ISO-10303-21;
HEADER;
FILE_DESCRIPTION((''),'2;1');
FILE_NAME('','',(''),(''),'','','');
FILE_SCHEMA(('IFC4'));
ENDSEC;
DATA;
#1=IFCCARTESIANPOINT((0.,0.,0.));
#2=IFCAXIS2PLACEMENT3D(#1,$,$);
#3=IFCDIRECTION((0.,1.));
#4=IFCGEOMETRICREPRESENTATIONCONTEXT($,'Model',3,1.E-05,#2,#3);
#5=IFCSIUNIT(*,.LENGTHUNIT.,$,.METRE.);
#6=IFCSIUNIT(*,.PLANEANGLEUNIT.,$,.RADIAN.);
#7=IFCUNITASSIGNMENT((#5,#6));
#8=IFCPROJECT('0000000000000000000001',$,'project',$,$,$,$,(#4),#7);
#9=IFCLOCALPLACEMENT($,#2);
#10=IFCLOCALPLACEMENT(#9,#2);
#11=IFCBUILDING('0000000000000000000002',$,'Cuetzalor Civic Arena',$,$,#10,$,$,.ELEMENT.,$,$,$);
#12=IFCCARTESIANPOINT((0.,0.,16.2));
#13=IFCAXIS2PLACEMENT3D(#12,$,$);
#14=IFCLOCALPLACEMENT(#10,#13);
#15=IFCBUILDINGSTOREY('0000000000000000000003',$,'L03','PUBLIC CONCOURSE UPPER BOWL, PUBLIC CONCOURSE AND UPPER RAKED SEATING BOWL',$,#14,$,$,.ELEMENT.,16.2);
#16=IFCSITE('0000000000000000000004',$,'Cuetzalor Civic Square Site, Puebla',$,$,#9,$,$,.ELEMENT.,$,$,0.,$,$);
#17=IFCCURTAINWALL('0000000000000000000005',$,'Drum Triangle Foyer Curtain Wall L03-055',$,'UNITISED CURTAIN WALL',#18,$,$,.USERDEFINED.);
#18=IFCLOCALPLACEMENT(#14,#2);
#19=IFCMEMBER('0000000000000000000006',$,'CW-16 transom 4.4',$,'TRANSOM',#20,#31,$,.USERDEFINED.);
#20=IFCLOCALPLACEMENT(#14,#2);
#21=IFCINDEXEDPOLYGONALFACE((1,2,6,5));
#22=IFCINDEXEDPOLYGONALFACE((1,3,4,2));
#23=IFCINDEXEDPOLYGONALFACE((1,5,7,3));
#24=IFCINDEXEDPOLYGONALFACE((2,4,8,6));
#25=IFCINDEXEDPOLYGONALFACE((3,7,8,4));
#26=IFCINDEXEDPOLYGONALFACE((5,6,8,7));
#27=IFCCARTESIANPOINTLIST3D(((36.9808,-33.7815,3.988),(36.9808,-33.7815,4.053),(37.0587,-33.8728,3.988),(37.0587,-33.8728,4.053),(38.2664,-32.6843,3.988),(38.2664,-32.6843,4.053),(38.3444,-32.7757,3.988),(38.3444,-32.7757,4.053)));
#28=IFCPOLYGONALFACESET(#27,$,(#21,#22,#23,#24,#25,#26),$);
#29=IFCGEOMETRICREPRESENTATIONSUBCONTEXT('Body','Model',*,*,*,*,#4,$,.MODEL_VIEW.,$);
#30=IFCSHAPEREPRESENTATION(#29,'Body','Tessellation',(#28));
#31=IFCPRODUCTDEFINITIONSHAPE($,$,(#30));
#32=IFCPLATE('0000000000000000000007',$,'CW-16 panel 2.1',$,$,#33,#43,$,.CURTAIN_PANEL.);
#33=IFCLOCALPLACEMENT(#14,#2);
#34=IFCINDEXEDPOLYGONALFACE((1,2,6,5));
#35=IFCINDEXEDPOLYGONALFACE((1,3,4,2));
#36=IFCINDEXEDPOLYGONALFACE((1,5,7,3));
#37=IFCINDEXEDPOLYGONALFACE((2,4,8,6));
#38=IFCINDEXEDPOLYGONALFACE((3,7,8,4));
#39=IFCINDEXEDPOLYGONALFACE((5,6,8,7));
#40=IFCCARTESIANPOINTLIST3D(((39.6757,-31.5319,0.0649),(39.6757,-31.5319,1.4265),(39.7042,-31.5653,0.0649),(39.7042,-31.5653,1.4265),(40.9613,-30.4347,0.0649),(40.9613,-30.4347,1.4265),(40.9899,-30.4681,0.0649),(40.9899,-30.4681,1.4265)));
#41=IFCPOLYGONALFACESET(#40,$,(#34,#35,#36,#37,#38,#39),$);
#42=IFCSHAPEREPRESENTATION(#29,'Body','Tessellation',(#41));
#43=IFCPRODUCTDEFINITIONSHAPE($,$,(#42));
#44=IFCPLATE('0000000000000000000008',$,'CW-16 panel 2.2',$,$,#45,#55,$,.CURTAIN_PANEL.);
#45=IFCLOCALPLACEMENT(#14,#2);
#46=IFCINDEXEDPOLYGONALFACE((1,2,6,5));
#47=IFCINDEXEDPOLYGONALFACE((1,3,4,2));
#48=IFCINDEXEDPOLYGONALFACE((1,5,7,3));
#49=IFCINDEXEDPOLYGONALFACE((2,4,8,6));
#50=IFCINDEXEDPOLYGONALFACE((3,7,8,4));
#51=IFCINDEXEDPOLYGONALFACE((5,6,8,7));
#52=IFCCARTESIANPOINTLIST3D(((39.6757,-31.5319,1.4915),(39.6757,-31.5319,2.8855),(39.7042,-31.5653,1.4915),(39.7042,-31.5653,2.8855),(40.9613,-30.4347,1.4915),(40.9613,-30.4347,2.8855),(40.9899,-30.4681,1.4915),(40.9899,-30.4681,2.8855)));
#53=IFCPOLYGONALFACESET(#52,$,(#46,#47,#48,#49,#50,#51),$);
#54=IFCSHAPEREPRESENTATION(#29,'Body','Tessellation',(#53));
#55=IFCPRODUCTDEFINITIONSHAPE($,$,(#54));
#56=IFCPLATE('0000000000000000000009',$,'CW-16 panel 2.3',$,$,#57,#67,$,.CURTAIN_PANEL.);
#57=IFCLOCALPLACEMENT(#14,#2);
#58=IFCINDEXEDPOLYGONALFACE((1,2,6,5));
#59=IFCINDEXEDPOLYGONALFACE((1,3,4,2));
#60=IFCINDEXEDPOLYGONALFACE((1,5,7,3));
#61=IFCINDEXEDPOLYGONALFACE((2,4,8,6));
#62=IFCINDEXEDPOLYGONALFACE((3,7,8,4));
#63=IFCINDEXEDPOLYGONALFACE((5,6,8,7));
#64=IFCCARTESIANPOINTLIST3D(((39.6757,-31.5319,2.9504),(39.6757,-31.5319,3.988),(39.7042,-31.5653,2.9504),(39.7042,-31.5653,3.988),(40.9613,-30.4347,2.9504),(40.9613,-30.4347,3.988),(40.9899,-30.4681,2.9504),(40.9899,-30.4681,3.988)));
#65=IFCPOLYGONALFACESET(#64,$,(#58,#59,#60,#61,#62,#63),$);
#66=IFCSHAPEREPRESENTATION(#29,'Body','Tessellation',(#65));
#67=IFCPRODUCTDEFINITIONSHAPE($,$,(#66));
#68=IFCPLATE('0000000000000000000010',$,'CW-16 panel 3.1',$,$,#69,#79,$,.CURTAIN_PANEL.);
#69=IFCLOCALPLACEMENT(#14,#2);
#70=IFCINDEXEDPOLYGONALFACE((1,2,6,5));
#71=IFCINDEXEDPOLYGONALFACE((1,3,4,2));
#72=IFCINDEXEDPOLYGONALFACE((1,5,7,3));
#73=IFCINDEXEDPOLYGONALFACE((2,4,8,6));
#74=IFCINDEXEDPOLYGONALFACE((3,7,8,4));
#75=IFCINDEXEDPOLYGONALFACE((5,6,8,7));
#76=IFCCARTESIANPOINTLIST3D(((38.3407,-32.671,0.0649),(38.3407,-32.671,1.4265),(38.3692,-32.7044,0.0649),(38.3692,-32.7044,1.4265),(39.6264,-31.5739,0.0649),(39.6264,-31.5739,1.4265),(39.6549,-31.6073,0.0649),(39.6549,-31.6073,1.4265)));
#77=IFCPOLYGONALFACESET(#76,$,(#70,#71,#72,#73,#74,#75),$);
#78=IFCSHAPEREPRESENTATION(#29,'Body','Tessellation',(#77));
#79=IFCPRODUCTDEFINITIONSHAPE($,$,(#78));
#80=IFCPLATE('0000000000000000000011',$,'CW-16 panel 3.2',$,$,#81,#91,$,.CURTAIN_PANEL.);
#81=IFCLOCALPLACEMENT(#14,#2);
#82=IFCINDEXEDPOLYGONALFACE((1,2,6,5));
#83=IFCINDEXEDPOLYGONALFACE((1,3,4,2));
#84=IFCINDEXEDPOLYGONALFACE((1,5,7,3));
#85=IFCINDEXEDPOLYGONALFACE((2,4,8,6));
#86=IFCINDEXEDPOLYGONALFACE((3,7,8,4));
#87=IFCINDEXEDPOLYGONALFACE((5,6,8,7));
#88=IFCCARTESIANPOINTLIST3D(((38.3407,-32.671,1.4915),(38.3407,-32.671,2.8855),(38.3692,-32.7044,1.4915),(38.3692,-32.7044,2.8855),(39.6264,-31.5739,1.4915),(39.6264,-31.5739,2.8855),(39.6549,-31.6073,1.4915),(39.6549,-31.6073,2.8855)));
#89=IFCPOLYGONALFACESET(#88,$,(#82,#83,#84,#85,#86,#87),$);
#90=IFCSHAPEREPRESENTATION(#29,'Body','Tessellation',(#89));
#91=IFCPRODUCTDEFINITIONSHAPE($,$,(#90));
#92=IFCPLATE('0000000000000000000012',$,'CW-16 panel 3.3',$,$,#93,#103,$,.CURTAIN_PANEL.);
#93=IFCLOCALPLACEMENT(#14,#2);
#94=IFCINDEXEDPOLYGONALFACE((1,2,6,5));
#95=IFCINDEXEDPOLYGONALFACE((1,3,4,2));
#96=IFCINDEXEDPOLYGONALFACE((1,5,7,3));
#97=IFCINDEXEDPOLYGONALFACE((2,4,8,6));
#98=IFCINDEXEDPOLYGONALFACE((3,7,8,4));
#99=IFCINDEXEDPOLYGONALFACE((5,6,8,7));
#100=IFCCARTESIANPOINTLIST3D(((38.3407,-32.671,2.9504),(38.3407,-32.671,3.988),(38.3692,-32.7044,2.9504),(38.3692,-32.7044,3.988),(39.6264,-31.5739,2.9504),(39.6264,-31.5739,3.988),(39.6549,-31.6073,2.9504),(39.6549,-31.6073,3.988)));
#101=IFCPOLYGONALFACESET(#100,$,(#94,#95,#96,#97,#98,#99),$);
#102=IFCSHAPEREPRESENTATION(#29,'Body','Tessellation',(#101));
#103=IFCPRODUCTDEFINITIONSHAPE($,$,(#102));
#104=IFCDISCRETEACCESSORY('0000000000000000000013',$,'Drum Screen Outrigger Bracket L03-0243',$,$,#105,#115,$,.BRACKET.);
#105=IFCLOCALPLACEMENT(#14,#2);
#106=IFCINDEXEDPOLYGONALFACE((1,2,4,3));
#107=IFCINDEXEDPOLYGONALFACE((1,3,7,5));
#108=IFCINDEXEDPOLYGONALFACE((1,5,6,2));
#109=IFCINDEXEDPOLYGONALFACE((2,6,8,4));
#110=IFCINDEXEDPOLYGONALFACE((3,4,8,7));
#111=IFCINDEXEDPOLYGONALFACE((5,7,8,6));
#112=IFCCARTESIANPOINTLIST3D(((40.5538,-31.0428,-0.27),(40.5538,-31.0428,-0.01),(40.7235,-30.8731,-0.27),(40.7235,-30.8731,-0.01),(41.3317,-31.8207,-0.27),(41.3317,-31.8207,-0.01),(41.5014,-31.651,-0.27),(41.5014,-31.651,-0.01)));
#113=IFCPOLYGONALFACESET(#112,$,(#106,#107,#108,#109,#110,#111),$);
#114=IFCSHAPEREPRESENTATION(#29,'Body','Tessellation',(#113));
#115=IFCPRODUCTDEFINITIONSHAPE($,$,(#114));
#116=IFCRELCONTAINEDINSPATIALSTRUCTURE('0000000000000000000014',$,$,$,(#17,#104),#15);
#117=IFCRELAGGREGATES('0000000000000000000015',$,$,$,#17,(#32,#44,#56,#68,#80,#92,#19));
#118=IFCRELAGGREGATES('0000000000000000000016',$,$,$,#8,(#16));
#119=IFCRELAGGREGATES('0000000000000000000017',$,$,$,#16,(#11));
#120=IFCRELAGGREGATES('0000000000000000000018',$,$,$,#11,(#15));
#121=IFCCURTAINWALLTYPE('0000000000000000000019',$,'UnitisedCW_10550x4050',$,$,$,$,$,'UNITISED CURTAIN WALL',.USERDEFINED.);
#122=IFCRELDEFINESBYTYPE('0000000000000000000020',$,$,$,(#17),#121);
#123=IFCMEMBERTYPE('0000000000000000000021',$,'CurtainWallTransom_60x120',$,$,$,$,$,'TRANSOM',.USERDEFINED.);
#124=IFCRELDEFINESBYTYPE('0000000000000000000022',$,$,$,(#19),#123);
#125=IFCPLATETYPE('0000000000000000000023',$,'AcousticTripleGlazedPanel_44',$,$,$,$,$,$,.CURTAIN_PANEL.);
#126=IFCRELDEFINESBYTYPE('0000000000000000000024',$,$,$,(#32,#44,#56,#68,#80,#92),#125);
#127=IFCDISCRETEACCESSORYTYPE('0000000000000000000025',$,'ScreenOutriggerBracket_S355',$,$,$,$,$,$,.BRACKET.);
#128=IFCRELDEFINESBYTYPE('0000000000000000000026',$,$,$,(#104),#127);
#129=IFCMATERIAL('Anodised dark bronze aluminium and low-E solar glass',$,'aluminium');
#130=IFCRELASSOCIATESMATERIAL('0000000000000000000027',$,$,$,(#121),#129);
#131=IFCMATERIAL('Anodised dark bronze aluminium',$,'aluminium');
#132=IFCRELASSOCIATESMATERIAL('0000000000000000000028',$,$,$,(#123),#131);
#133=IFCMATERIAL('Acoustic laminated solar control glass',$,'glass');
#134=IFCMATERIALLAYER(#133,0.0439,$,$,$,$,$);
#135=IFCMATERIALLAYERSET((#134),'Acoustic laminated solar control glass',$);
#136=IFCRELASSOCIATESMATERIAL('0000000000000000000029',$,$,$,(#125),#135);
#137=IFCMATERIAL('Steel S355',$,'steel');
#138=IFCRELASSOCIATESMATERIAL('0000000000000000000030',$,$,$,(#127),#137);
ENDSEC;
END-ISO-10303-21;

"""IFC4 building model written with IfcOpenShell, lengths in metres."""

from ifc_helpers import new_model, si_unit, direction, frame, origin, origin_2d, place, context, subcontext, project, spatial, rectangle, extrude, material, layer, layer_set, material_profile, profile_set, type_object, element, aggregate, save


model = new_model("IFC4")

# Units and contexts
model_context = context("Model", 3, precision=1e-05, world=origin(), true_north=direction((0.0, 1.0)))
body_context = subcontext(model_context, "Body", "Model", "MODEL_VIEW")
ifc_project = project(units=[si_unit("LENGTHUNIT", "METRE"), si_unit("PLANEANGLEUNIT", "RADIAN")], contexts=[model_context])

# Site, building, storey
site_placement = place(None, origin())
site = spatial("IfcSite", under=ifc_project, at=site_placement, Name="Cuetzalor Civic Square Site, Puebla", CompositionType="ELEMENT", RefElevation=0.0)
building_placement = place(site_placement, origin())
building = spatial("IfcBuilding", under=site, at=building_placement, Name="Cuetzalor Civic Arena", CompositionType="ELEMENT")
storey_placement = place(building_placement, frame((0.0, 0.0, 16.2)))
storey = spatial("IfcBuildingStorey", under=building, at=storey_placement, Name="L03", Description="PUBLIC CONCOURSE UPPER BOWL, PUBLIC CONCOURSE AND UPPER RAKED SEATING BOWL", CompositionType="ELEMENT", Elevation=16.2)

# Curtain wall, member, plates
ifc_material_1 = material(Name="Anodised dark bronze aluminium and low-E solar glass", Category="aluminium")
curtain_wall_type = type_object("IfcCurtainWallType", Name="UnitisedCW_10550x4050", ElementType="UNITISED CURTAIN WALL", PredefinedType="USERDEFINED", material=ifc_material_1)
curtain_wall_placement = place(storey_placement, origin())
curtain_wall = element("IfcCurtainWall", 1, at=curtain_wall_placement, inside=storey, type_object=curtain_wall_type, Name="Drum Triangle Foyer Curtain Wall L03-055", ObjectType="UNITISED CURTAIN WALL", PredefinedType="USERDEFINED")
ifc_material_2 = material(Name="Anodised dark bronze aluminium", Category="aluminium")
ifc_material_profile_1 = material_profile(ifc_material_2, rectangle(XDim=0.1201, YDim=0.0649, at=origin_2d()), Name="ALU TRANSOM 65x120")
ifc_profile_set_1 = profile_set([ifc_material_profile_1], Name="Anodised dark bronze aluminium")
member_type_1 = type_object("IfcMemberType", Name="CurtainWallTransom_60x120", ElementType="TRANSOM", PredefinedType="USERDEFINED", material=ifc_profile_set_1)
member_1_placement = place(storey_placement, frame((38.3054, -32.73, 4.0205), z_axis=(-0.760662, -0.649148, 0.0), x_axis=(0.649148, -0.760662, 0.0)))
member_1 = element("IfcMember", 2, at=member_1_placement, type_object=member_type_1, Name="CW-16 transom 4.4", ObjectType="TRANSOM", PredefinedType="USERDEFINED", context=body_context, shape_type="SweptSolid", body=[
    extrude(rectangle(XDim=0.1201, YDim=0.0649, at=origin_2d()), origin(), (0.0, 0.0, 1.0), 1.6902),
])
ifc_material_3 = material(Name="Acoustic laminated solar control glass", Category="glass")
ifc_layer = layer(ifc_material_3, 0.0439)
ifc_layer_set = layer_set([ifc_layer], Name="Acoustic laminated solar control glass")
plate_type = type_object("IfcPlateType", Name="AcousticTripleGlazedPanel_44", PredefinedType="CURTAIN_PANEL", material=ifc_layer_set)
plate_1_placement = place(storey_placement, frame((40.3328, -31.0, 0.0649), z_axis=(0.0, 0.0, 1.0), x_axis=(-0.760677, -0.64913, 0.0)))
plate_1 = element("IfcPlate", 3, at=plate_1_placement, type_object=plate_type, Name="CW-16 panel 2.1", PredefinedType="CURTAIN_PANEL", context=body_context, shape_type="SweptSolid", body=[
    extrude(rectangle(XDim=1.6902, YDim=0.0439, at=origin_2d()), origin(), (0.0, 0.0, 1.0), 1.3616),
])
plate_2_placement = place(storey_placement, frame((40.3328, -31.0, 1.4915), z_axis=(0.0, 0.0, 1.0), x_axis=(-0.760677, -0.64913, 0.0)))
plate_2 = element("IfcPlate", 4, at=plate_2_placement, type_object=plate_type, Name="CW-16 panel 2.2", PredefinedType="CURTAIN_PANEL", context=body_context, shape_type="SweptSolid", body=[
    extrude(rectangle(XDim=1.6902, YDim=0.0439, at=origin_2d()), origin(), (0.0, 0.0, 1.0), 1.394),
])
plate_3_placement = place(storey_placement, frame((40.3328, -31.0, 2.9504), z_axis=(0.0, 0.0, 1.0), x_axis=(-0.760677, -0.64913, 0.0)))
plate_3 = element("IfcPlate", 5, at=plate_3_placement, type_object=plate_type, Name="CW-16 panel 2.3", PredefinedType="CURTAIN_PANEL", context=body_context, shape_type="SweptSolid", body=[
    extrude(rectangle(XDim=1.6902, YDim=0.0439, at=origin_2d()), origin(), (0.0, 0.0, 1.0), 1.0376),
])
plate_4_placement = place(storey_placement, frame((38.9978, -32.1392, 0.0649), z_axis=(0.0, 0.0, 1.0), x_axis=(-0.760677, -0.64913, 0.0)))
plate_4 = element("IfcPlate", 6, at=plate_4_placement, type_object=plate_type, Name="CW-16 panel 3.1", PredefinedType="CURTAIN_PANEL", context=body_context, shape_type="SweptSolid", body=[
    extrude(rectangle(XDim=1.6902, YDim=0.0439, at=origin_2d()), origin(), (0.0, 0.0, 1.0), 1.3616),
])
plate_5_placement = place(storey_placement, frame((38.9978, -32.1392, 1.4915), z_axis=(0.0, 0.0, 1.0), x_axis=(-0.760677, -0.64913, 0.0)))
plate_5 = element("IfcPlate", 7, at=plate_5_placement, type_object=plate_type, Name="CW-16 panel 3.2", PredefinedType="CURTAIN_PANEL", context=body_context, shape_type="SweptSolid", body=[
    extrude(rectangle(XDim=1.6902, YDim=0.0439, at=origin_2d()), origin(), (0.0, 0.0, 1.0), 1.394),
])
plate_6_placement = place(storey_placement, frame((38.9978, -32.1392, 2.9504), z_axis=(0.0, 0.0, 1.0), x_axis=(-0.760677, -0.64913, 0.0)))
plate_6 = element("IfcPlate", 8, at=plate_6_placement, type_object=plate_type, Name="CW-16 panel 3.3", PredefinedType="CURTAIN_PANEL", context=body_context, shape_type="SweptSolid", body=[
    extrude(rectangle(XDim=1.6902, YDim=0.0439, at=origin_2d()), origin(), (0.0, 0.0, 1.0), 1.0376),
])
aggregate(curtain_wall, [plate_1, plate_2, plate_3, plate_4, plate_5, plate_6, member_1])

# Discrete accessory
ifc_material_4 = material(Name="Steel S355", Category="steel")
discrete_accessory_type = type_object("IfcDiscreteAccessoryType", Name="ScreenOutriggerBracket_S355", PredefinedType="BRACKET", material=ifc_material_4)
discrete_accessory_placement = place(storey_placement, frame((41.0276, -31.3469, -0.27), z_axis=(0.0, 0.0, 1.0), x_axis=(0.707107, -0.707107, 0.0)))
element("IfcDiscreteAccessory", 9, at=discrete_accessory_placement, inside=storey, type_object=discrete_accessory_type, Name="Drum Screen Outrigger Bracket L03-0243", PredefinedType="BRACKET", context=body_context, shape_type="SweptSolid", body=[
    extrude(rectangle(XDim=1.1001, YDim=0.24, at=origin_2d()), origin(), (0.0, 0.0, 1.0), 0.26),
])

save(model, "model.ifc")
